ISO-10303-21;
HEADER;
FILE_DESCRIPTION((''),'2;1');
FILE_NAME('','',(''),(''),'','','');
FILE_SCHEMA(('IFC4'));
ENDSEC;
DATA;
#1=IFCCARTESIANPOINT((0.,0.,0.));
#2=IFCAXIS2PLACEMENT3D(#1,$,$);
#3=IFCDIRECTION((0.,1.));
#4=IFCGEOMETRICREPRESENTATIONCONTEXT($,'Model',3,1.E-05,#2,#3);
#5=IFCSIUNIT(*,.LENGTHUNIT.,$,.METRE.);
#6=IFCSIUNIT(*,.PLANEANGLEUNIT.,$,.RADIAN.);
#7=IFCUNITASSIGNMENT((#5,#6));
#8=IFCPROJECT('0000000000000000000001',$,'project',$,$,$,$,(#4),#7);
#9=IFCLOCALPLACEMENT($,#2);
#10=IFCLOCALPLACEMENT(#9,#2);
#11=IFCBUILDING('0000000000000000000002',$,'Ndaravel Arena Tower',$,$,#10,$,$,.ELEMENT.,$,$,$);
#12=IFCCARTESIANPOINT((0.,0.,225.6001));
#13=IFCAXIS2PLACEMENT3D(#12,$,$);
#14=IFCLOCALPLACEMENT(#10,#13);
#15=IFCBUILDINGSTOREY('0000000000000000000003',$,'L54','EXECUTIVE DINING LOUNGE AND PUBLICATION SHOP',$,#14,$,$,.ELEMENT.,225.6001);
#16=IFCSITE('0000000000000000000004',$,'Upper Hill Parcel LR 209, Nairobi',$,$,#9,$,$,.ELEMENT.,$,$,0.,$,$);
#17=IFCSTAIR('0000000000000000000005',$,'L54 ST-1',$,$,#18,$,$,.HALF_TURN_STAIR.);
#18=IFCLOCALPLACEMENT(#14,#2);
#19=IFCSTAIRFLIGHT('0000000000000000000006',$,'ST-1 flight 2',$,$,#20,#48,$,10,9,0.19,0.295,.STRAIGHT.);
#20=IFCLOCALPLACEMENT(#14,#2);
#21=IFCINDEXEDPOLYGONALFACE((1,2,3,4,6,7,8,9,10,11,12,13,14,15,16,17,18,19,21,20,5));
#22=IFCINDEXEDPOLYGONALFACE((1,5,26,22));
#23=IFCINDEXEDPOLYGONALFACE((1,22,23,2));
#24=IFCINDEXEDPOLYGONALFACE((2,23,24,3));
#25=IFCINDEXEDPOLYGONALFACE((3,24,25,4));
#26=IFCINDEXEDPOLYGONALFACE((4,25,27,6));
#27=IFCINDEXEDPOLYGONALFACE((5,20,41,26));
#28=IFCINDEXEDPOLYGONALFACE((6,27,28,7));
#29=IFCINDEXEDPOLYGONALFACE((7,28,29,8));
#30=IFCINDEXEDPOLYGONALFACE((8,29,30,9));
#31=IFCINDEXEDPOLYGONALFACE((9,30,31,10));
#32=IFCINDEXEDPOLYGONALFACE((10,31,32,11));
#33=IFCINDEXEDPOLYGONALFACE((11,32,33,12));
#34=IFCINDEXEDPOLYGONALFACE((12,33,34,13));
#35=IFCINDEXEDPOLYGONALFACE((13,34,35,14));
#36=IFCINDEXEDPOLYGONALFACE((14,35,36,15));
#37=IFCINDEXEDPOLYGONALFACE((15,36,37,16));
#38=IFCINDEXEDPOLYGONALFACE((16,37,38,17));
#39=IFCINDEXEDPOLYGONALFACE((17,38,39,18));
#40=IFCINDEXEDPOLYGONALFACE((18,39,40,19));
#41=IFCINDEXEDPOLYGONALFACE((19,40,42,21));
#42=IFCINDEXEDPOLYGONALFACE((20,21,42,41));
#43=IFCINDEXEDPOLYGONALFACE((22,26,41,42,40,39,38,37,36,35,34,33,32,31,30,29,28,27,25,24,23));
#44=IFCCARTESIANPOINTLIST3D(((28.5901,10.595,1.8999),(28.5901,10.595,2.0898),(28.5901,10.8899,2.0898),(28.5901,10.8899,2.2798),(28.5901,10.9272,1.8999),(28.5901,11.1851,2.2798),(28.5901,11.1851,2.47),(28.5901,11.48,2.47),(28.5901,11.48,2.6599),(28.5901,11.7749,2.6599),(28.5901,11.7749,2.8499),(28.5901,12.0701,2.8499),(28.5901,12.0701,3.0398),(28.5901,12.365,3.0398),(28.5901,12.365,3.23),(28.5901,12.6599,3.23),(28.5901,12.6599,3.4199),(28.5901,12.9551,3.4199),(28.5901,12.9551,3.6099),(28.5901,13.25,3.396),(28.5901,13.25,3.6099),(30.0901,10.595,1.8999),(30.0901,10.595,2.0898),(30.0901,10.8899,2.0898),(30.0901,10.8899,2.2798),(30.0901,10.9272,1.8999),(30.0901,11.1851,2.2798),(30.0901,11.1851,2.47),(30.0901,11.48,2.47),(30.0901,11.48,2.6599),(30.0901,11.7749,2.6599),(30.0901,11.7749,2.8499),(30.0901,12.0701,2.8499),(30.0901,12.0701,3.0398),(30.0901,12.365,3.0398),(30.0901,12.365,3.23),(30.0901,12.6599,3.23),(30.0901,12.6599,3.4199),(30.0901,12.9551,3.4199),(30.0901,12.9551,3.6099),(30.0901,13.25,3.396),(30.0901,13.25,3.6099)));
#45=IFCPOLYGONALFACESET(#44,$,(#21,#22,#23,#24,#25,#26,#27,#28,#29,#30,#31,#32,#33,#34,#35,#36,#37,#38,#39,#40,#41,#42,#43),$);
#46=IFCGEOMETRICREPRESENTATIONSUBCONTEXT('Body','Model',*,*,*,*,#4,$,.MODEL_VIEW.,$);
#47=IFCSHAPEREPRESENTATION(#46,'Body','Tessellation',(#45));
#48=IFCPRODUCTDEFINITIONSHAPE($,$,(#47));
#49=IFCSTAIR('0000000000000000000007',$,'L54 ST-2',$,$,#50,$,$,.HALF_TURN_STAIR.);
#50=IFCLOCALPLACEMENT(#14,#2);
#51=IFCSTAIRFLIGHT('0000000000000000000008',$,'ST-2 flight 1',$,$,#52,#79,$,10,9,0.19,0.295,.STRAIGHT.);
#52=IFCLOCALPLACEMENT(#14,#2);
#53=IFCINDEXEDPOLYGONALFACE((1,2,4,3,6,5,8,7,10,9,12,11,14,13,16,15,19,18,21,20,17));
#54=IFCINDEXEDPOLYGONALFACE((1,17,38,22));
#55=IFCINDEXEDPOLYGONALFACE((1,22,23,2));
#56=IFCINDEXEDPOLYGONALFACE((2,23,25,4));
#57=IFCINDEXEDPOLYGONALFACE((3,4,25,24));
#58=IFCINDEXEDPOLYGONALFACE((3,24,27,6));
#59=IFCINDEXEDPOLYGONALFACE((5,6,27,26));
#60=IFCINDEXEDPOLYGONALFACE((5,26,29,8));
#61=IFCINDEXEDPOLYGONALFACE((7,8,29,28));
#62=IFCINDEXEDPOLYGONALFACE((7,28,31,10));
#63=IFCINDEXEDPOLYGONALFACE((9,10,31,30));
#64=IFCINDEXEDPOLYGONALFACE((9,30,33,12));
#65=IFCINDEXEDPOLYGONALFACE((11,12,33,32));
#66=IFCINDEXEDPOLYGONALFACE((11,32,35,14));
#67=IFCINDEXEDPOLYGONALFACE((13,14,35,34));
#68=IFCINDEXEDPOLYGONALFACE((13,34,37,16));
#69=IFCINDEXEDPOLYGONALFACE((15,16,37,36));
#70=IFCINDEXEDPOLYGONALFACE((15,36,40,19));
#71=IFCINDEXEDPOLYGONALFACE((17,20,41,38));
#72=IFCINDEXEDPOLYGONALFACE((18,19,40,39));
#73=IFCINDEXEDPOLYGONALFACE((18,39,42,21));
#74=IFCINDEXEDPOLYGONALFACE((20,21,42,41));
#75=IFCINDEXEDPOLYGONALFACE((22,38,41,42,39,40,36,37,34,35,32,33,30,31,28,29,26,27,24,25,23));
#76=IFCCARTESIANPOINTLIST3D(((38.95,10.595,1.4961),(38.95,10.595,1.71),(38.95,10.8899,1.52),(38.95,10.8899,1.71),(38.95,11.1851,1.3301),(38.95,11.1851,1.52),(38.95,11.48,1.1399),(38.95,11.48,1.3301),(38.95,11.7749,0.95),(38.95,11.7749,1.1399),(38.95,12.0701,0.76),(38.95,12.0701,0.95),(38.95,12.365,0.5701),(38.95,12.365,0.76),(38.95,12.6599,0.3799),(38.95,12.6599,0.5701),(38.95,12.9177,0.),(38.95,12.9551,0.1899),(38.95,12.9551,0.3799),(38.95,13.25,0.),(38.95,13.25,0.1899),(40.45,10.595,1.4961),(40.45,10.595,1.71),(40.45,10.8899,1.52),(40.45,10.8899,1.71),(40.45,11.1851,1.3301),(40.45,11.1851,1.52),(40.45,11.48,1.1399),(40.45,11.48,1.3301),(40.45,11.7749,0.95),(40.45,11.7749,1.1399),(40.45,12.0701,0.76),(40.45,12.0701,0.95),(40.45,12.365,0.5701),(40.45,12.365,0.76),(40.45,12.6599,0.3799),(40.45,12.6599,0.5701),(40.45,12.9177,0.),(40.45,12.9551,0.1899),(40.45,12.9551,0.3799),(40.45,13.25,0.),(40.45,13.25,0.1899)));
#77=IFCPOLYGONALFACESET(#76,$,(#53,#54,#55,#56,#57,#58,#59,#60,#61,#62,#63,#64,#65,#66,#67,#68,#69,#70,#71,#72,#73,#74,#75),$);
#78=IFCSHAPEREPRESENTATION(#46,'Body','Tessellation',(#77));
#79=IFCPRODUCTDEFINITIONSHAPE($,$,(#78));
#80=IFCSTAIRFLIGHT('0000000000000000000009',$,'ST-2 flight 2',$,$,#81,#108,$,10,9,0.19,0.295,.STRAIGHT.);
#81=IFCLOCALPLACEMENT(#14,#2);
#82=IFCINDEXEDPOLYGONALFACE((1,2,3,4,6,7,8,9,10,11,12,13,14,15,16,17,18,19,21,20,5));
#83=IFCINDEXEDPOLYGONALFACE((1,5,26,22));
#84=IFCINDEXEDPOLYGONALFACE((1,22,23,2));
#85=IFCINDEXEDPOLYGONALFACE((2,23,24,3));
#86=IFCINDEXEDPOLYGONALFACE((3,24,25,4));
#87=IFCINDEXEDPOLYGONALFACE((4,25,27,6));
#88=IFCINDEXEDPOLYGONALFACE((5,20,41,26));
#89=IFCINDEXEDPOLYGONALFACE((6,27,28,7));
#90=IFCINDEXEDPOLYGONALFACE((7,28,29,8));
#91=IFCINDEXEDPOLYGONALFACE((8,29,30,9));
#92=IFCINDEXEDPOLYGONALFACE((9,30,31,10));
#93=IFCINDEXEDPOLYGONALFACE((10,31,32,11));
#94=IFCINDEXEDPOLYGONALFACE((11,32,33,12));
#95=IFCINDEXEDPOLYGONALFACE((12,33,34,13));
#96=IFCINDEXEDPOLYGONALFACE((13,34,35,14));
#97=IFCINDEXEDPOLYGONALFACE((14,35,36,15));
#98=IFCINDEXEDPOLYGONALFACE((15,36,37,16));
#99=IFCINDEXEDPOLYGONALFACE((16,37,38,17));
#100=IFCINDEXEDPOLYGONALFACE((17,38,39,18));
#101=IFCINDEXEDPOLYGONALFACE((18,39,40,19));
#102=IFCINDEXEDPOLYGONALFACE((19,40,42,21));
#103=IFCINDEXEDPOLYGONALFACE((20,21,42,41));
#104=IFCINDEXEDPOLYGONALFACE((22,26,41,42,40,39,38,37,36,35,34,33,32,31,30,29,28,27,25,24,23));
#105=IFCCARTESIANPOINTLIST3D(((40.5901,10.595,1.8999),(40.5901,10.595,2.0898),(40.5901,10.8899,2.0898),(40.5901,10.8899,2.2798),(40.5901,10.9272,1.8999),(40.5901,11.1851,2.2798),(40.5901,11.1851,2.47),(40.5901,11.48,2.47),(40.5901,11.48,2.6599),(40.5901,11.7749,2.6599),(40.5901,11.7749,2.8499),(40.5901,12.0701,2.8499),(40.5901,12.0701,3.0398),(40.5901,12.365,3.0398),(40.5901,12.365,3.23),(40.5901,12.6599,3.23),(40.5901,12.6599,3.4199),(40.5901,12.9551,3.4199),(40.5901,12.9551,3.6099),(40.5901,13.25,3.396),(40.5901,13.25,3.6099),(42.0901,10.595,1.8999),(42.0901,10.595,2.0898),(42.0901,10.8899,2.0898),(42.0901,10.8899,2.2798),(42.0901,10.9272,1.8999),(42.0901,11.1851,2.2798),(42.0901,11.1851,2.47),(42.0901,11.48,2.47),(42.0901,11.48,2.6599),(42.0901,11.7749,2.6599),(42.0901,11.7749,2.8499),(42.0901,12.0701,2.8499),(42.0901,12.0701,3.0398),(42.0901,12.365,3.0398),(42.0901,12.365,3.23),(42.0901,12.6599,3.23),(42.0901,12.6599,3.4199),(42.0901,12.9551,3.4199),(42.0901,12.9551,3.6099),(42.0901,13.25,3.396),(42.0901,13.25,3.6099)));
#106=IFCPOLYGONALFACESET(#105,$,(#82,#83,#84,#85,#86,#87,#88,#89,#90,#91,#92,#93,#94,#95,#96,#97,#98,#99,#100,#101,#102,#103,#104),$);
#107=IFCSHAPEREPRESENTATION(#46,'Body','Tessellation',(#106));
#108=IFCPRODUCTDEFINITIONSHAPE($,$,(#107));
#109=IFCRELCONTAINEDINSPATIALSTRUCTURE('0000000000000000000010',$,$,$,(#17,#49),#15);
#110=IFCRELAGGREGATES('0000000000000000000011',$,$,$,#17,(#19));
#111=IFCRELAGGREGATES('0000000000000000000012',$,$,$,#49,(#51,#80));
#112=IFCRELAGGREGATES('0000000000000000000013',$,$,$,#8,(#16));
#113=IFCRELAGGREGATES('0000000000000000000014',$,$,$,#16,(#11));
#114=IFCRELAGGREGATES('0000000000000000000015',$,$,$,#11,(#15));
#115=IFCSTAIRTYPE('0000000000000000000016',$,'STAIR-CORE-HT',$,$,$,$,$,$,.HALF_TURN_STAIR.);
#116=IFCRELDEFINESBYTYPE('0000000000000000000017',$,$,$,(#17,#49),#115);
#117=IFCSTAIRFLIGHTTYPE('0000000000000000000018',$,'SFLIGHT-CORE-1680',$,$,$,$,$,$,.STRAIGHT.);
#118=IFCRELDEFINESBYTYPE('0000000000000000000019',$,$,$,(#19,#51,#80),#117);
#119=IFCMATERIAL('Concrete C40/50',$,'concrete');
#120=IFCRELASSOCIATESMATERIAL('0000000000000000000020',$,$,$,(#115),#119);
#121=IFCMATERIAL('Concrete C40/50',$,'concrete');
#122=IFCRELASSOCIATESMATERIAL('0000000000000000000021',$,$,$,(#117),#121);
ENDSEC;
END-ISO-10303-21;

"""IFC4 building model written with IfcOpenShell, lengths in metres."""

from ifc_helpers import new_model, si_unit, direction, frame, origin, place, context, subcontext, project, spatial, polyline, outline, extrude, material, type_object, element, aggregate, save


model = new_model("IFC4")

# Units and contexts
model_context = context("Model", 3, precision=1e-05, world=origin(), true_north=direction((0.0, 1.0)))
body_context = subcontext(model_context, "Body", "Model", "MODEL_VIEW")
ifc_project = project(units=[si_unit("LENGTHUNIT", "METRE"), si_unit("PLANEANGLEUNIT", "RADIAN")], contexts=[model_context])

# Site, building, storey
site_placement = place(None, origin())
site = spatial("IfcSite", under=ifc_project, at=site_placement, Name="Upper Hill Parcel LR 209, Nairobi", CompositionType="ELEMENT", RefElevation=0.0)
building_placement = place(site_placement, origin())
building = spatial("IfcBuilding", under=site, at=building_placement, Name="Ndaravel Arena Tower", CompositionType="ELEMENT")
storey_placement = place(building_placement, frame((0.0, 0.0, 225.6001)))
storey = spatial("IfcBuildingStorey", under=building, at=storey_placement, Name="L54", Description="EXECUTIVE DINING LOUNGE AND PUBLICATION SHOP", CompositionType="ELEMENT", Elevation=225.6001)

# Stairs, stair flights
ifc_material_1 = material(Name="Concrete C40/50", Category="concrete")
stair_type = type_object("IfcStairType", Name="STAIR-CORE-HT", PredefinedType="HALF_TURN_STAIR", material=ifc_material_1)
stair_1_placement = place(storey_placement, origin())
stair_1 = element("IfcStair", 1, at=stair_1_placement, inside=storey, type_object=stair_type, Name="L54 ST-1", PredefinedType="HALF_TURN_STAIR")
ifc_material_2 = material(Name="Concrete C40/50", Category="concrete")
stair_flight_type = type_object("IfcStairFlightType", Name="SFLIGHT-CORE-1680", PredefinedType="STRAIGHT", material=ifc_material_2)
stair_flight_1_placement = place(storey_placement, frame((29.3401, 10.595, 1.8999), z_axis=(0.0, 0.0, 1.0), x_axis=(0.0, 1.0, 0.0)))
stair_flight_1 = element("IfcStairFlight", 2, at=stair_flight_1_placement, type_object=stair_flight_type, Name="ST-1 flight 2", NumberOfRisers=10, NumberOfTreads=9, PredefinedType="STRAIGHT", RiserHeight=0.19, TreadLength=0.295, context=body_context, shape_type="SweptSolid", body=[
    extrude(outline(polyline([(0.0, 0.0), (0.0, 0.1899), (0.2949, 0.1899), (0.2949, 0.3799), (0.5901, 0.3799), (0.5901, 0.5701), (0.885, 0.5701), (0.885, 0.76), (1.1799, 0.76), (1.1799, 0.95), (1.4751, 0.95), (1.4751, 1.1399), (1.77, 1.1399), (1.77, 1.3301), (2.0649, 1.3301), (2.0649, 1.52), (2.3601, 1.52), (2.3601, 1.71), (2.655, 1.71), (2.655, 1.8999), (2.655, 1.4961), (0.3323, 0.0), (0.0, 0.0)])), frame((0.0, 0.75, 0.0), z_axis=(0.0, -1.0, 0.0), x_axis=(1.0, 0.0, 0.0)), (0.0, 0.0, 1.0), 1.5),
])
aggregate(stair_1, [stair_flight_1])
stair_2_placement = place(storey_placement, origin())
stair_2 = element("IfcStair", 3, at=stair_2_placement, inside=storey, type_object=stair_type, Name="L54 ST-2", PredefinedType="HALF_TURN_STAIR")
stair_flight_2_placement = place(storey_placement, frame((39.7, 13.25, 0.0), z_axis=(0.0, 0.0, 1.0), x_axis=(0.0, -1.0, 0.0)))
stair_flight_2 = element("IfcStairFlight", 4, at=stair_flight_2_placement, type_object=stair_flight_type, Name="ST-2 flight 1", NumberOfRisers=10, NumberOfTreads=9, PredefinedType="STRAIGHT", RiserHeight=0.19, TreadLength=0.295, context=body_context, shape_type="SweptSolid", body=[
    extrude(outline(polyline([(0.0, 0.0), (0.0, 0.1899), (0.2949, 0.1899), (0.2949, 0.3799), (0.5901, 0.3799), (0.5901, 0.5701), (0.885, 0.5701), (0.885, 0.76), (1.1799, 0.76), (1.1799, 0.95), (1.4751, 0.95), (1.4751, 1.1399), (1.77, 1.1399), (1.77, 1.3301), (2.0649, 1.3301), (2.0649, 1.52), (2.3601, 1.52), (2.3601, 1.71), (2.655, 1.71), (2.655, 1.8999), (2.655, 1.4961), (0.3323, 0.0), (0.0, 0.0)])), frame((0.0, 0.75, 0.0), z_axis=(0.0, -1.0, 0.0), x_axis=(1.0, 0.0, 0.0)), (0.0, 0.0, 1.0), 1.5),
])
stair_flight_3_placement = place(storey_placement, frame((41.3401, 10.595, 1.8999), z_axis=(0.0, 0.0, 1.0), x_axis=(0.0, 1.0, 0.0)))
stair_flight_3 = element("IfcStairFlight", 5, at=stair_flight_3_placement, type_object=stair_flight_type, Name="ST-2 flight 2", NumberOfRisers=10, NumberOfTreads=9, PredefinedType="STRAIGHT", RiserHeight=0.19, TreadLength=0.295, context=body_context, shape_type="SweptSolid", body=[
    extrude(outline(polyline([(0.0, 0.0), (0.0, 0.1899), (0.2949, 0.1899), (0.2949, 0.3799), (0.5901, 0.3799), (0.5901, 0.5701), (0.885, 0.5701), (0.885, 0.76), (1.1799, 0.76), (1.1799, 0.95), (1.4751, 0.95), (1.4751, 1.1399), (1.77, 1.1399), (1.77, 1.3301), (2.0649, 1.3301), (2.0649, 1.52), (2.3601, 1.52), (2.3601, 1.71), (2.655, 1.71), (2.655, 1.8999), (2.655, 1.4961), (0.3323, 0.0), (0.0, 0.0)])), frame((0.0, 0.75, 0.0), z_axis=(0.0, -1.0, 0.0), x_axis=(1.0, 0.0, 0.0)), (0.0, 0.0, 1.0), 1.5),
])
aggregate(stair_2, [stair_flight_2, stair_flight_3])

save(model, "model.ifc")
